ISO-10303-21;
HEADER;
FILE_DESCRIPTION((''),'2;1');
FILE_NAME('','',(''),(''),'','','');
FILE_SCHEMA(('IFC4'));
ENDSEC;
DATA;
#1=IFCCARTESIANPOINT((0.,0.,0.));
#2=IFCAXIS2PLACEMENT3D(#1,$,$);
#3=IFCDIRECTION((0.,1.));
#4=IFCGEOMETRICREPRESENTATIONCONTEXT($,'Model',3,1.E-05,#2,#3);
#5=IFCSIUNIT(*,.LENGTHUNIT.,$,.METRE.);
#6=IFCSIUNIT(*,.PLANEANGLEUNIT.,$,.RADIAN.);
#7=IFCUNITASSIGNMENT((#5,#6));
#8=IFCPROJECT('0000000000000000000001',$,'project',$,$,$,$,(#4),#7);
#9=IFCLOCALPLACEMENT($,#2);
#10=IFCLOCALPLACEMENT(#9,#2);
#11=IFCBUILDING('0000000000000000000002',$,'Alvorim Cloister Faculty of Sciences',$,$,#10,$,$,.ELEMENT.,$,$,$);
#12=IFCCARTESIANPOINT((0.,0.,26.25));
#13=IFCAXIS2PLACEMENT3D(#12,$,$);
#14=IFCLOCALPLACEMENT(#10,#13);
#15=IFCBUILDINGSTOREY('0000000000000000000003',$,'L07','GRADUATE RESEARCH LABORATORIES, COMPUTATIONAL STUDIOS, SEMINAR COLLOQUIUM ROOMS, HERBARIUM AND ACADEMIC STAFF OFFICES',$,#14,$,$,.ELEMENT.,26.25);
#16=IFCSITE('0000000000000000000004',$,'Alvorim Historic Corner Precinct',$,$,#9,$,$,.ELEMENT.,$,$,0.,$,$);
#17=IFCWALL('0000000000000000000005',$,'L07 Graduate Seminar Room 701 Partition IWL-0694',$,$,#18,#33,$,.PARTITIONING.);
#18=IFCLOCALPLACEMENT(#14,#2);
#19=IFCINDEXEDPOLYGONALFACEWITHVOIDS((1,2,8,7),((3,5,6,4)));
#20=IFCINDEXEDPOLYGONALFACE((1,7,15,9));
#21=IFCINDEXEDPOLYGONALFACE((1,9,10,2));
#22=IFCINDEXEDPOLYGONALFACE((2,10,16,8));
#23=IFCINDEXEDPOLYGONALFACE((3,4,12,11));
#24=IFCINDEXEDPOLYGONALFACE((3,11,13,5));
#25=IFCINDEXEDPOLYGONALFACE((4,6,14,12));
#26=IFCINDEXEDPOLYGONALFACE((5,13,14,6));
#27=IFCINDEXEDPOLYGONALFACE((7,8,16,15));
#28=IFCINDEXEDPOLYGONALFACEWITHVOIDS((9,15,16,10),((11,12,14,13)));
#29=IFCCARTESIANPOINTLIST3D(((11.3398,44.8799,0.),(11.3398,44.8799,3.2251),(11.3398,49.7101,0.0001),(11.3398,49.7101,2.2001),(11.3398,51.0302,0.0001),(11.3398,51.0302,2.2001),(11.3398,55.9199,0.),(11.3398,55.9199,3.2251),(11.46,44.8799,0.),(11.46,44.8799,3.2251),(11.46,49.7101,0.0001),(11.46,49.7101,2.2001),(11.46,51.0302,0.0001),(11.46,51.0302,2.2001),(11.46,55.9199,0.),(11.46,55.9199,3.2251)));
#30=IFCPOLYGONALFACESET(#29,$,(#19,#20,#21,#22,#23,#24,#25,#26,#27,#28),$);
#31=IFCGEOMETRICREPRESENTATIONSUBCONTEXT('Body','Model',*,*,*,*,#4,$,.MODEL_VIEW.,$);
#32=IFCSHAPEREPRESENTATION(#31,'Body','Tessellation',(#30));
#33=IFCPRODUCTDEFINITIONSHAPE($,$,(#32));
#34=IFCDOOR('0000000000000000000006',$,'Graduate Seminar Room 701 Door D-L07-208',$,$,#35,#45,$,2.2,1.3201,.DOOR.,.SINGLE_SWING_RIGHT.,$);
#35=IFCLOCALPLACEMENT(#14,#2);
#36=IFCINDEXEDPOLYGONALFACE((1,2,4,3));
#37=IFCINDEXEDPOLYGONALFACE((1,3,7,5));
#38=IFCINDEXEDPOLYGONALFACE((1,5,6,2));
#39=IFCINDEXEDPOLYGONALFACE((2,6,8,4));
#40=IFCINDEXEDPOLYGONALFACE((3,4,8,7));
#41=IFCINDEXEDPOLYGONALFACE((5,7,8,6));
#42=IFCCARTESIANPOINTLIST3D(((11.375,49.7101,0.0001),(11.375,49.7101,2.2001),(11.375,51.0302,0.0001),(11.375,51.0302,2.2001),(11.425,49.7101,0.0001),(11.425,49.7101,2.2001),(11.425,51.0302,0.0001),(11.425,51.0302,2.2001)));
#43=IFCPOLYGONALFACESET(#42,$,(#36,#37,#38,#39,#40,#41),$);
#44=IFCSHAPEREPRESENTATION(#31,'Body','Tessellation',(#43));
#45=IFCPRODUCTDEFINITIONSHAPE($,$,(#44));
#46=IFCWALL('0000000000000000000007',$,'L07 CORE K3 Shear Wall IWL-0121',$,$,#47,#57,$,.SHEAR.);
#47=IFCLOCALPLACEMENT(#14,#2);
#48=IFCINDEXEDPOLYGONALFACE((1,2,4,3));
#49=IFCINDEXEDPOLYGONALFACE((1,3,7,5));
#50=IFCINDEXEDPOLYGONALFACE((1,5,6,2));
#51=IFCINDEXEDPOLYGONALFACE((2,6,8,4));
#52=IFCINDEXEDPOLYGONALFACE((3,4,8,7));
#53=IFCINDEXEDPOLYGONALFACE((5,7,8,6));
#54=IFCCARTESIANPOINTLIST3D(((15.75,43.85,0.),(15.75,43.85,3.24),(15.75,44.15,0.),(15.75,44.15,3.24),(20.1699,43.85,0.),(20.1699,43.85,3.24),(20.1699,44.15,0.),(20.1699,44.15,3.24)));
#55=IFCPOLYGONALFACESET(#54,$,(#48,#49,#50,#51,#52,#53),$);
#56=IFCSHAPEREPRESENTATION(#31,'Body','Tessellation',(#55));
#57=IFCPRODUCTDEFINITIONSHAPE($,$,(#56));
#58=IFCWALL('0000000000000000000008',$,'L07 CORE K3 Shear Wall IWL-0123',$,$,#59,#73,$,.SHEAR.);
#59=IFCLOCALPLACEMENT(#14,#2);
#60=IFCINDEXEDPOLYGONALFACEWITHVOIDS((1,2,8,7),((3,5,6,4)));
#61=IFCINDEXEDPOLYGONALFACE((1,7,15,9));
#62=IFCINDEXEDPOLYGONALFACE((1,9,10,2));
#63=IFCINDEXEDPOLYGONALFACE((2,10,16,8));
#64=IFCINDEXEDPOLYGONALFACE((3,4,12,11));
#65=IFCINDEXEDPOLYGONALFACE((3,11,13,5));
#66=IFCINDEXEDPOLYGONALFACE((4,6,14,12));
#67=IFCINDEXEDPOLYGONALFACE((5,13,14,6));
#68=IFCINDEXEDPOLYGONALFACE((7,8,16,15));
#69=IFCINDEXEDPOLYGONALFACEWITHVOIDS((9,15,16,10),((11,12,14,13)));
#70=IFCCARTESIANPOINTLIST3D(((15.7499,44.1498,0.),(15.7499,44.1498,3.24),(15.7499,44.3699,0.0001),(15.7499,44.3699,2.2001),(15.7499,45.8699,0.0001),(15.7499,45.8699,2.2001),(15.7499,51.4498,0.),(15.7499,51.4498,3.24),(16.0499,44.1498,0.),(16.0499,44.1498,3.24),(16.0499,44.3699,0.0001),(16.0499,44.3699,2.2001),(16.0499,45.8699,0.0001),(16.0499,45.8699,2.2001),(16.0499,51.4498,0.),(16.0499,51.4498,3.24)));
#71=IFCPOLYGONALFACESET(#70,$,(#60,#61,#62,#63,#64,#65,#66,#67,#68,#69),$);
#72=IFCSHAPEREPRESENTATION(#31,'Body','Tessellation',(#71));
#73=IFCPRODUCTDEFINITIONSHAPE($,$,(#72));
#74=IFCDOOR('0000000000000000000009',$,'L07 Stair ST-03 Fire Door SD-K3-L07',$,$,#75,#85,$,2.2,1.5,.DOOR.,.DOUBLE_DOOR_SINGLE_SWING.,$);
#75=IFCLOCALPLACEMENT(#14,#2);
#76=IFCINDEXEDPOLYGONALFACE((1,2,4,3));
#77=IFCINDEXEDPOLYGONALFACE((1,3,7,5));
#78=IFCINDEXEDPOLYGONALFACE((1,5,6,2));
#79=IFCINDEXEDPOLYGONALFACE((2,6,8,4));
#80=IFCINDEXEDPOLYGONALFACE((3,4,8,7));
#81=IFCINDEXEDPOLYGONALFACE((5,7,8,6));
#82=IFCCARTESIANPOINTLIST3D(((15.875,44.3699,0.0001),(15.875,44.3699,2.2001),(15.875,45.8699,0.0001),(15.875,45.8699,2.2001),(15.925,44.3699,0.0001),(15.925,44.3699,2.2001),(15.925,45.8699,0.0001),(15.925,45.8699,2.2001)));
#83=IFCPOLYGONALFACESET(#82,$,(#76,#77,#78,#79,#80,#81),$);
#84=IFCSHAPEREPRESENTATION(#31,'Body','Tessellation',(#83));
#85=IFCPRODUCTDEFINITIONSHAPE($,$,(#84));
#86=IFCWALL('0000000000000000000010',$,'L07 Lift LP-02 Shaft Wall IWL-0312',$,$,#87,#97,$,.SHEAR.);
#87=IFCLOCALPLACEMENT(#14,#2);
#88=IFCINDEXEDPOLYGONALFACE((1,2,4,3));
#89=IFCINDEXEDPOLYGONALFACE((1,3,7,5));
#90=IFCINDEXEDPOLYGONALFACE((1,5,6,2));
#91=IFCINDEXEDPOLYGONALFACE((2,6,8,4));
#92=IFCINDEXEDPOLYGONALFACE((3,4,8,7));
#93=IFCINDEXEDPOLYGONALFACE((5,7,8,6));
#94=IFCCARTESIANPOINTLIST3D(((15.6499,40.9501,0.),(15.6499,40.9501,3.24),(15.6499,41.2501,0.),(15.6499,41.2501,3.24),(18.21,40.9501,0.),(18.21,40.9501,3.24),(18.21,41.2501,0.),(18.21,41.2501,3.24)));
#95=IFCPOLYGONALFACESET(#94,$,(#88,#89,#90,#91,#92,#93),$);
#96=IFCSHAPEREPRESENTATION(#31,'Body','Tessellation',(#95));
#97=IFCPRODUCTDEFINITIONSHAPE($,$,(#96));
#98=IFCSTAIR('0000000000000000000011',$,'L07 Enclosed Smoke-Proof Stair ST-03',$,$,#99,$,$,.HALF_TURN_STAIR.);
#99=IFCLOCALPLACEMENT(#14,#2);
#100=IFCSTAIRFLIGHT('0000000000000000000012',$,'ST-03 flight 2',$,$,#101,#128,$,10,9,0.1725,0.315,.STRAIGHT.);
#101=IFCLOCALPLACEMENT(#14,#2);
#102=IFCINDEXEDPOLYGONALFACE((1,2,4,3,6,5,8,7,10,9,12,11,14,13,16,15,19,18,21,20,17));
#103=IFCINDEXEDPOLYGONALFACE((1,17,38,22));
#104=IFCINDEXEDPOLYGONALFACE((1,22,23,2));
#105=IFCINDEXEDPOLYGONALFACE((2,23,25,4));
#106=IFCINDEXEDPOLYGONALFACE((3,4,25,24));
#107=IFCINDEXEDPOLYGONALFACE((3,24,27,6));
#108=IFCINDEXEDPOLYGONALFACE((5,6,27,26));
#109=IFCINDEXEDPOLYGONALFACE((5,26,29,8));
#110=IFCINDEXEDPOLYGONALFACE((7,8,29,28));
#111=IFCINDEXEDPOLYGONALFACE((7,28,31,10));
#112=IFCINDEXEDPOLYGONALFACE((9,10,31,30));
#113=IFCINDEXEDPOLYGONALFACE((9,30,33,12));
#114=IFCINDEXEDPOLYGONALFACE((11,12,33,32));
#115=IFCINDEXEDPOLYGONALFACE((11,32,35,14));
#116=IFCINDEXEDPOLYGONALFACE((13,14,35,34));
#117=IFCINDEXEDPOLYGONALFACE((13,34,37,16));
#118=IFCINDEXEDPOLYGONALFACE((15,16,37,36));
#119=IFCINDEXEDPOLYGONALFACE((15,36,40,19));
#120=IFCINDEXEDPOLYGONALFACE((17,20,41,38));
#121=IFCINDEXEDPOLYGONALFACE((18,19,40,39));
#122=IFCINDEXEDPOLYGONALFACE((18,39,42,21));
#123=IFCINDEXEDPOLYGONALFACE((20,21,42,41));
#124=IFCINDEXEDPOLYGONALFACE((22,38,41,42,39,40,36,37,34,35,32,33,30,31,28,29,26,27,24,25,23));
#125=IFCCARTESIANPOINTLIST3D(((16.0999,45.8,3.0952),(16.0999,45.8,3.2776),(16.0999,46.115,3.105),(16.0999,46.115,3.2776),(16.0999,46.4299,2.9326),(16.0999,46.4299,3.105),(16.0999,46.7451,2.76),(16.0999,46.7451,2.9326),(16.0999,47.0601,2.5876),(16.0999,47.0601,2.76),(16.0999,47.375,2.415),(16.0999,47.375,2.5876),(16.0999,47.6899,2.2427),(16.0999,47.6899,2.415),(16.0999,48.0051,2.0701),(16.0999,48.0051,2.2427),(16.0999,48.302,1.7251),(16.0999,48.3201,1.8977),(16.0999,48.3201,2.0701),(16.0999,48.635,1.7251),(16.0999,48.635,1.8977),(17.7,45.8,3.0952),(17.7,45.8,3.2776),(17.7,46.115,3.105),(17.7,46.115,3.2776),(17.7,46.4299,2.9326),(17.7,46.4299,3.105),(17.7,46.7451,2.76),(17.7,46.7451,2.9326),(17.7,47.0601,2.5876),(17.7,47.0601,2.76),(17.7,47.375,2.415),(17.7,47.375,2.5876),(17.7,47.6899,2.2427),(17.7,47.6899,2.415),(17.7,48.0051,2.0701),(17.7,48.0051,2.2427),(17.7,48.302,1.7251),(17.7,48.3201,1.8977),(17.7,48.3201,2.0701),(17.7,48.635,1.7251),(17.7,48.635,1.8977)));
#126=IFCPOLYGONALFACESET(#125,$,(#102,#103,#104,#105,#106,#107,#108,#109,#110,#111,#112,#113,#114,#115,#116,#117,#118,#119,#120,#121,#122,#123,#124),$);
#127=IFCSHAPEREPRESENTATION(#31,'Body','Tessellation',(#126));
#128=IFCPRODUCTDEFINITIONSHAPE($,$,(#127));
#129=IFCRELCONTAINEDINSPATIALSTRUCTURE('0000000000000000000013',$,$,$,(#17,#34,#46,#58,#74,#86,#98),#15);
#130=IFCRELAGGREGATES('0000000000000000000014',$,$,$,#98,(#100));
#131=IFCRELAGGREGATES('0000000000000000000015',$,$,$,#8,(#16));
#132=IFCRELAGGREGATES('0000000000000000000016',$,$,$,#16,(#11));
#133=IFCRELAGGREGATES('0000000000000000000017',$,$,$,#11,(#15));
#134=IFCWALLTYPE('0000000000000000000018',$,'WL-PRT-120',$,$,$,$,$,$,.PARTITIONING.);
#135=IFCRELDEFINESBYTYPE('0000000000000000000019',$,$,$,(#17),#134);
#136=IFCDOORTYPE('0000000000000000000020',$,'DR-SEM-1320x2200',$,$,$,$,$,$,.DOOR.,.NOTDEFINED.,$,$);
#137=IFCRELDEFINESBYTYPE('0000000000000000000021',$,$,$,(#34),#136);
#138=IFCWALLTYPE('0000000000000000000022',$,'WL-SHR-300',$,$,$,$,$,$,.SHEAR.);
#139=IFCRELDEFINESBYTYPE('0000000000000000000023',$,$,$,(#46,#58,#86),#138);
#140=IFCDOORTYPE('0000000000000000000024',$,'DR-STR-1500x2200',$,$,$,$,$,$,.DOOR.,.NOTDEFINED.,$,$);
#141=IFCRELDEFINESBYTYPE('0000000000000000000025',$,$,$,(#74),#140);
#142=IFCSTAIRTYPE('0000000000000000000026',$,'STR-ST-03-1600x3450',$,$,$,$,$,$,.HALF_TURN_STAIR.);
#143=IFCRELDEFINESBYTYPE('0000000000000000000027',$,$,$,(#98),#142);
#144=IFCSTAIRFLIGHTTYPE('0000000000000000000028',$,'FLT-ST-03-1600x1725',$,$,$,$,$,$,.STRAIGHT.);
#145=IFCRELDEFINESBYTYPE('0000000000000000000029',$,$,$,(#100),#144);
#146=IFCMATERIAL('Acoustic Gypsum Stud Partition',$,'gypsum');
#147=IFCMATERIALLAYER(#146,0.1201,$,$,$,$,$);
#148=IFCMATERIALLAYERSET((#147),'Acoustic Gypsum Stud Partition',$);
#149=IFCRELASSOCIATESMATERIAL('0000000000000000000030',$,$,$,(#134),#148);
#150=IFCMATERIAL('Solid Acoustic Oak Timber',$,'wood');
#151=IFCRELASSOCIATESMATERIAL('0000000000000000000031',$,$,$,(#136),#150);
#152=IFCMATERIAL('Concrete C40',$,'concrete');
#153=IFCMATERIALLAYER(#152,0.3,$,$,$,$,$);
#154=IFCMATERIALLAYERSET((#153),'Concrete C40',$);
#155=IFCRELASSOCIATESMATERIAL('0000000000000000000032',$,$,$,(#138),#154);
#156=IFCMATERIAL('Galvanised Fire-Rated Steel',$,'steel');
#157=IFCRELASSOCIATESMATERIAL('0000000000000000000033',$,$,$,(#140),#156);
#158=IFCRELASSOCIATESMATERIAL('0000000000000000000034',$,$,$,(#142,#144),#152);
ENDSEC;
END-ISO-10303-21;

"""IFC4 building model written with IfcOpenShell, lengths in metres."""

from ifc_helpers import new_model, si_unit, direction, frame, frame_2d, origin, place, context, subcontext, project, spatial, polyline, rectangle, outline, extrude, material, layer, layer_set, type_object, element, fill, aggregate, save


model = new_model("IFC4")

# Units and contexts
model_context = context("Model", 3, precision=1e-05, world=origin(), true_north=direction((0.0, 1.0)))
body_context = subcontext(model_context, "Body", "Model", "MODEL_VIEW")
ifc_project = project(units=[si_unit("LENGTHUNIT", "METRE"), si_unit("PLANEANGLEUNIT", "RADIAN")], contexts=[model_context])

# Site, building, storey
site_placement = place(None, origin())
site = spatial("IfcSite", under=ifc_project, at=site_placement, Name="Alvorim Historic Corner Precinct", CompositionType="ELEMENT", RefElevation=0.0)
building_placement = place(site_placement, origin())
building = spatial("IfcBuilding", under=site, at=building_placement, Name="Alvorim Cloister Faculty of Sciences", CompositionType="ELEMENT")
storey_placement = place(building_placement, frame((0.0, 0.0, 26.25)))
storey = spatial("IfcBuildingStorey", under=building, at=storey_placement, Name="L07", Description="GRADUATE RESEARCH LABORATORIES, COMPUTATIONAL STUDIOS, SEMINAR COLLOQUIUM ROOMS, HERBARIUM AND ACADEMIC STAFF OFFICES", CompositionType="ELEMENT", Elevation=26.25)

# Shared definitions
ifc_material_1 = material(Name="Acoustic Gypsum Stud Partition", Category="gypsum")
ifc_layer_1 = layer(ifc_material_1, 0.1201)
ifc_layer_set_1 = layer_set([ifc_layer_1], Name="Acoustic Gypsum Stud Partition")
wall_type_1 = type_object("IfcWallType", Name="WL-PRT-120", PredefinedType="PARTITIONING", material=ifc_layer_set_1)

# Wall, opening, door
wall_1_placement = place(storey_placement, frame((11.3999, 44.8799, 0.0), z_axis=(0.0, 0.0, 1.0), x_axis=(0.0, 1.0, 0.0)))
wall_1 = element("IfcWall", 1, at=wall_1_placement, inside=storey, type_object=wall_type_1, Name="L07 Graduate Seminar Room 701 Partition IWL-0694", PredefinedType="PARTITIONING", context=body_context, shape_type="SweptSolid", body=[
    extrude(rectangle(XDim=11.04, YDim=0.1201, at=frame_2d((5.52, 0.0))), origin(), (0.0, 0.0, 1.0), 3.2251),
])
opening_1_placement = place(wall_1_placement, frame((4.8301, 0.0, 0.0)))
opening_1 = element("IfcOpeningElement", 2, at=opening_1_placement, cuts=wall_1, PredefinedType="OPENING", context=body_context, shape_type="SweptSolid", body=[
    extrude(rectangle(XDim=1.3201, YDim=2.2, at=frame_2d((0.6602, 1.1001))), frame((0.0, 0.072, 0.0), z_axis=(0.0, -1.0, 0.0), x_axis=(1.0, 0.0, 0.0)), (0.0, 0.0, 1.0), 0.144),
])
ifc_material_2 = material(Name="Solid Acoustic Oak Timber", Category="wood")
door_type_1 = type_object("IfcDoorType", Name="DR-SEM-1320x2200", OperationType="NOTDEFINED", PredefinedType="DOOR", material=ifc_material_2)
door_1_placement = place(opening_1_placement, origin())
door_1 = element("IfcDoor", 3, at=door_1_placement, inside=storey, type_object=door_type_1, Name="Graduate Seminar Room 701 Door D-L07-208", OperationType="SINGLE_SWING_RIGHT", OverallHeight=2.2, OverallWidth=1.3201, PredefinedType="DOOR", context=body_context, shape_type="SweptSolid", body=[
    extrude(rectangle(XDim=1.3201, YDim=2.2, at=frame_2d((0.6602, 1.1001))), frame((0.0, 0.0249, 0.0), z_axis=(0.0, -1.0, 0.0), x_axis=(1.0, 0.0, 0.0)), (0.0, 0.0, 1.0), 0.05),
])
fill(opening_1, door_1)

# Wall
ifc_material_3 = material(Name="Concrete C40", Category="concrete")
ifc_layer_2 = layer(ifc_material_3, 0.3)
ifc_layer_set_2 = layer_set([ifc_layer_2], Name="Concrete C40")
wall_type_2 = type_object("IfcWallType", Name="WL-SHR-300", PredefinedType="SHEAR", material=ifc_layer_set_2)
wall_2_placement = place(storey_placement, frame((15.75, 44.0, 0.0), z_axis=(0.0, 0.0, 1.0), x_axis=(1.0, 0.0, 0.0)))
element("IfcWall", 4, at=wall_2_placement, inside=storey, type_object=wall_type_2, Name="L07 CORE K3 Shear Wall IWL-0121", PredefinedType="SHEAR", context=body_context, shape_type="SweptSolid", body=[
    extrude(rectangle(XDim=4.4199, YDim=0.3, at=frame_2d((2.21, 0.0))), origin(), (0.0, 0.0, 1.0), 3.24),
])

# Wall, opening, door
wall_3_placement = place(storey_placement, frame((15.8999, 44.1499, 0.0), z_axis=(0.0, 0.0, 1.0), x_axis=(0.0, 1.0, 0.0)))
wall_3 = element("IfcWall", 5, at=wall_3_placement, inside=storey, type_object=wall_type_2, Name="L07 CORE K3 Shear Wall IWL-0123", PredefinedType="SHEAR", context=body_context, shape_type="SweptSolid", body=[
    extrude(rectangle(XDim=7.3, YDim=0.3, at=frame_2d((3.6499, 0.0))), origin(), (0.0, 0.0, 1.0), 3.24),
])
opening_2_placement = place(wall_3_placement, frame((0.22, 0.0, 0.0)))
opening_2 = element("IfcOpeningElement", 6, at=opening_2_placement, cuts=wall_3, PredefinedType="OPENING", context=body_context, shape_type="SweptSolid", body=[
    extrude(rectangle(XDim=1.5, YDim=2.2, at=frame_2d((0.75, 1.1001))), frame((0.0, 0.1621, 0.0), z_axis=(0.0, -1.0, 0.0), x_axis=(1.0, 0.0, 0.0)), (0.0, 0.0, 1.0), 0.324),
])
ifc_material_4 = material(Name="Galvanised Fire-Rated Steel", Category="steel")
door_type_2 = type_object("IfcDoorType", Name="DR-STR-1500x2200", OperationType="NOTDEFINED", PredefinedType="DOOR", material=ifc_material_4)
door_2_placement = place(opening_2_placement, origin())
door_2 = element("IfcDoor", 7, at=door_2_placement, inside=storey, type_object=door_type_2, Name="L07 Stair ST-03 Fire Door SD-K3-L07", OperationType="DOUBLE_DOOR_SINGLE_SWING", OverallHeight=2.2, OverallWidth=1.5, PredefinedType="DOOR", context=body_context, shape_type="SweptSolid", body=[
    extrude(rectangle(XDim=1.5, YDim=2.2, at=frame_2d((0.75, 1.1001))), frame((0.0, 0.0249, 0.0), z_axis=(0.0, -1.0, 0.0), x_axis=(1.0, 0.0, 0.0)), (0.0, 0.0, 1.0), 0.05),
])
fill(opening_2, door_2)

# Wall
wall_4_placement = place(storey_placement, frame((15.6499, 41.1001, 0.0), z_axis=(0.0, 0.0, 1.0), x_axis=(1.0, 0.0, 0.0)))
element("IfcWall", 8, at=wall_4_placement, inside=storey, type_object=wall_type_2, Name="L07 Lift LP-02 Shaft Wall IWL-0312", PredefinedType="SHEAR", context=body_context, shape_type="SweptSolid", body=[
    extrude(rectangle(XDim=2.5601, YDim=0.3, at=frame_2d((1.28, 0.0))), origin(), (0.0, 0.0, 1.0), 3.24),
])

# Stair, stair flight
stair_type = type_object("IfcStairType", Name="STR-ST-03-1600x3450", PredefinedType="HALF_TURN_STAIR", material=ifc_material_3)
stair_placement = place(storey_placement, origin())
stair = element("IfcStair", 9, at=stair_placement, inside=storey, type_object=stair_type, Name="L07 Enclosed Smoke-Proof Stair ST-03", PredefinedType="HALF_TURN_STAIR")
stair_flight_type = type_object("IfcStairFlightType", Name="FLT-ST-03-1600x1725", PredefinedType="STRAIGHT", material=ifc_material_3)
stair_flight_placement = place(storey_placement, frame((16.8999, 48.635, 1.7251), z_axis=(0.0, 0.0, 1.0), x_axis=(0.0, -1.0, 0.0)))
stair_flight = element("IfcStairFlight", 10, at=stair_flight_placement, type_object=stair_flight_type, Name="ST-03 flight 2", NumberOfRisers=10, NumberOfTreads=9, PredefinedType="STRAIGHT", RiserHeight=0.1725, TreadLength=0.315, context=body_context, shape_type="SweptSolid", body=[
    extrude(outline(polyline([(0.333, 0.0), (2.835, 1.3701), (2.835, 1.7251), (2.835, 1.5525), (2.52, 1.5525), (2.52, 1.3799), (2.2051, 1.3799), (2.2051, 1.2075), (1.8899, 1.2075), (1.8899, 1.0349), (1.575, 1.0349), (1.575, 0.8625), (1.26, 0.8625), (1.26, 0.6899), (0.9451, 0.6899), (0.9451, 0.5176), (0.6299, 0.5176), (0.6299, 0.345), (0.3149, 0.345), (0.3149, 0.1726), (0.0, 0.1726), (0.0, 0.0), (0.333, 0.0)])), frame((0.0, 0.8, 0.0), z_axis=(0.0, -1.0, 0.0), x_axis=(1.0, 0.0, 0.0)), (0.0, 0.0, 1.0), 1.6001),
])
aggregate(stair, [stair_flight])

save(model, "model.ifc")
